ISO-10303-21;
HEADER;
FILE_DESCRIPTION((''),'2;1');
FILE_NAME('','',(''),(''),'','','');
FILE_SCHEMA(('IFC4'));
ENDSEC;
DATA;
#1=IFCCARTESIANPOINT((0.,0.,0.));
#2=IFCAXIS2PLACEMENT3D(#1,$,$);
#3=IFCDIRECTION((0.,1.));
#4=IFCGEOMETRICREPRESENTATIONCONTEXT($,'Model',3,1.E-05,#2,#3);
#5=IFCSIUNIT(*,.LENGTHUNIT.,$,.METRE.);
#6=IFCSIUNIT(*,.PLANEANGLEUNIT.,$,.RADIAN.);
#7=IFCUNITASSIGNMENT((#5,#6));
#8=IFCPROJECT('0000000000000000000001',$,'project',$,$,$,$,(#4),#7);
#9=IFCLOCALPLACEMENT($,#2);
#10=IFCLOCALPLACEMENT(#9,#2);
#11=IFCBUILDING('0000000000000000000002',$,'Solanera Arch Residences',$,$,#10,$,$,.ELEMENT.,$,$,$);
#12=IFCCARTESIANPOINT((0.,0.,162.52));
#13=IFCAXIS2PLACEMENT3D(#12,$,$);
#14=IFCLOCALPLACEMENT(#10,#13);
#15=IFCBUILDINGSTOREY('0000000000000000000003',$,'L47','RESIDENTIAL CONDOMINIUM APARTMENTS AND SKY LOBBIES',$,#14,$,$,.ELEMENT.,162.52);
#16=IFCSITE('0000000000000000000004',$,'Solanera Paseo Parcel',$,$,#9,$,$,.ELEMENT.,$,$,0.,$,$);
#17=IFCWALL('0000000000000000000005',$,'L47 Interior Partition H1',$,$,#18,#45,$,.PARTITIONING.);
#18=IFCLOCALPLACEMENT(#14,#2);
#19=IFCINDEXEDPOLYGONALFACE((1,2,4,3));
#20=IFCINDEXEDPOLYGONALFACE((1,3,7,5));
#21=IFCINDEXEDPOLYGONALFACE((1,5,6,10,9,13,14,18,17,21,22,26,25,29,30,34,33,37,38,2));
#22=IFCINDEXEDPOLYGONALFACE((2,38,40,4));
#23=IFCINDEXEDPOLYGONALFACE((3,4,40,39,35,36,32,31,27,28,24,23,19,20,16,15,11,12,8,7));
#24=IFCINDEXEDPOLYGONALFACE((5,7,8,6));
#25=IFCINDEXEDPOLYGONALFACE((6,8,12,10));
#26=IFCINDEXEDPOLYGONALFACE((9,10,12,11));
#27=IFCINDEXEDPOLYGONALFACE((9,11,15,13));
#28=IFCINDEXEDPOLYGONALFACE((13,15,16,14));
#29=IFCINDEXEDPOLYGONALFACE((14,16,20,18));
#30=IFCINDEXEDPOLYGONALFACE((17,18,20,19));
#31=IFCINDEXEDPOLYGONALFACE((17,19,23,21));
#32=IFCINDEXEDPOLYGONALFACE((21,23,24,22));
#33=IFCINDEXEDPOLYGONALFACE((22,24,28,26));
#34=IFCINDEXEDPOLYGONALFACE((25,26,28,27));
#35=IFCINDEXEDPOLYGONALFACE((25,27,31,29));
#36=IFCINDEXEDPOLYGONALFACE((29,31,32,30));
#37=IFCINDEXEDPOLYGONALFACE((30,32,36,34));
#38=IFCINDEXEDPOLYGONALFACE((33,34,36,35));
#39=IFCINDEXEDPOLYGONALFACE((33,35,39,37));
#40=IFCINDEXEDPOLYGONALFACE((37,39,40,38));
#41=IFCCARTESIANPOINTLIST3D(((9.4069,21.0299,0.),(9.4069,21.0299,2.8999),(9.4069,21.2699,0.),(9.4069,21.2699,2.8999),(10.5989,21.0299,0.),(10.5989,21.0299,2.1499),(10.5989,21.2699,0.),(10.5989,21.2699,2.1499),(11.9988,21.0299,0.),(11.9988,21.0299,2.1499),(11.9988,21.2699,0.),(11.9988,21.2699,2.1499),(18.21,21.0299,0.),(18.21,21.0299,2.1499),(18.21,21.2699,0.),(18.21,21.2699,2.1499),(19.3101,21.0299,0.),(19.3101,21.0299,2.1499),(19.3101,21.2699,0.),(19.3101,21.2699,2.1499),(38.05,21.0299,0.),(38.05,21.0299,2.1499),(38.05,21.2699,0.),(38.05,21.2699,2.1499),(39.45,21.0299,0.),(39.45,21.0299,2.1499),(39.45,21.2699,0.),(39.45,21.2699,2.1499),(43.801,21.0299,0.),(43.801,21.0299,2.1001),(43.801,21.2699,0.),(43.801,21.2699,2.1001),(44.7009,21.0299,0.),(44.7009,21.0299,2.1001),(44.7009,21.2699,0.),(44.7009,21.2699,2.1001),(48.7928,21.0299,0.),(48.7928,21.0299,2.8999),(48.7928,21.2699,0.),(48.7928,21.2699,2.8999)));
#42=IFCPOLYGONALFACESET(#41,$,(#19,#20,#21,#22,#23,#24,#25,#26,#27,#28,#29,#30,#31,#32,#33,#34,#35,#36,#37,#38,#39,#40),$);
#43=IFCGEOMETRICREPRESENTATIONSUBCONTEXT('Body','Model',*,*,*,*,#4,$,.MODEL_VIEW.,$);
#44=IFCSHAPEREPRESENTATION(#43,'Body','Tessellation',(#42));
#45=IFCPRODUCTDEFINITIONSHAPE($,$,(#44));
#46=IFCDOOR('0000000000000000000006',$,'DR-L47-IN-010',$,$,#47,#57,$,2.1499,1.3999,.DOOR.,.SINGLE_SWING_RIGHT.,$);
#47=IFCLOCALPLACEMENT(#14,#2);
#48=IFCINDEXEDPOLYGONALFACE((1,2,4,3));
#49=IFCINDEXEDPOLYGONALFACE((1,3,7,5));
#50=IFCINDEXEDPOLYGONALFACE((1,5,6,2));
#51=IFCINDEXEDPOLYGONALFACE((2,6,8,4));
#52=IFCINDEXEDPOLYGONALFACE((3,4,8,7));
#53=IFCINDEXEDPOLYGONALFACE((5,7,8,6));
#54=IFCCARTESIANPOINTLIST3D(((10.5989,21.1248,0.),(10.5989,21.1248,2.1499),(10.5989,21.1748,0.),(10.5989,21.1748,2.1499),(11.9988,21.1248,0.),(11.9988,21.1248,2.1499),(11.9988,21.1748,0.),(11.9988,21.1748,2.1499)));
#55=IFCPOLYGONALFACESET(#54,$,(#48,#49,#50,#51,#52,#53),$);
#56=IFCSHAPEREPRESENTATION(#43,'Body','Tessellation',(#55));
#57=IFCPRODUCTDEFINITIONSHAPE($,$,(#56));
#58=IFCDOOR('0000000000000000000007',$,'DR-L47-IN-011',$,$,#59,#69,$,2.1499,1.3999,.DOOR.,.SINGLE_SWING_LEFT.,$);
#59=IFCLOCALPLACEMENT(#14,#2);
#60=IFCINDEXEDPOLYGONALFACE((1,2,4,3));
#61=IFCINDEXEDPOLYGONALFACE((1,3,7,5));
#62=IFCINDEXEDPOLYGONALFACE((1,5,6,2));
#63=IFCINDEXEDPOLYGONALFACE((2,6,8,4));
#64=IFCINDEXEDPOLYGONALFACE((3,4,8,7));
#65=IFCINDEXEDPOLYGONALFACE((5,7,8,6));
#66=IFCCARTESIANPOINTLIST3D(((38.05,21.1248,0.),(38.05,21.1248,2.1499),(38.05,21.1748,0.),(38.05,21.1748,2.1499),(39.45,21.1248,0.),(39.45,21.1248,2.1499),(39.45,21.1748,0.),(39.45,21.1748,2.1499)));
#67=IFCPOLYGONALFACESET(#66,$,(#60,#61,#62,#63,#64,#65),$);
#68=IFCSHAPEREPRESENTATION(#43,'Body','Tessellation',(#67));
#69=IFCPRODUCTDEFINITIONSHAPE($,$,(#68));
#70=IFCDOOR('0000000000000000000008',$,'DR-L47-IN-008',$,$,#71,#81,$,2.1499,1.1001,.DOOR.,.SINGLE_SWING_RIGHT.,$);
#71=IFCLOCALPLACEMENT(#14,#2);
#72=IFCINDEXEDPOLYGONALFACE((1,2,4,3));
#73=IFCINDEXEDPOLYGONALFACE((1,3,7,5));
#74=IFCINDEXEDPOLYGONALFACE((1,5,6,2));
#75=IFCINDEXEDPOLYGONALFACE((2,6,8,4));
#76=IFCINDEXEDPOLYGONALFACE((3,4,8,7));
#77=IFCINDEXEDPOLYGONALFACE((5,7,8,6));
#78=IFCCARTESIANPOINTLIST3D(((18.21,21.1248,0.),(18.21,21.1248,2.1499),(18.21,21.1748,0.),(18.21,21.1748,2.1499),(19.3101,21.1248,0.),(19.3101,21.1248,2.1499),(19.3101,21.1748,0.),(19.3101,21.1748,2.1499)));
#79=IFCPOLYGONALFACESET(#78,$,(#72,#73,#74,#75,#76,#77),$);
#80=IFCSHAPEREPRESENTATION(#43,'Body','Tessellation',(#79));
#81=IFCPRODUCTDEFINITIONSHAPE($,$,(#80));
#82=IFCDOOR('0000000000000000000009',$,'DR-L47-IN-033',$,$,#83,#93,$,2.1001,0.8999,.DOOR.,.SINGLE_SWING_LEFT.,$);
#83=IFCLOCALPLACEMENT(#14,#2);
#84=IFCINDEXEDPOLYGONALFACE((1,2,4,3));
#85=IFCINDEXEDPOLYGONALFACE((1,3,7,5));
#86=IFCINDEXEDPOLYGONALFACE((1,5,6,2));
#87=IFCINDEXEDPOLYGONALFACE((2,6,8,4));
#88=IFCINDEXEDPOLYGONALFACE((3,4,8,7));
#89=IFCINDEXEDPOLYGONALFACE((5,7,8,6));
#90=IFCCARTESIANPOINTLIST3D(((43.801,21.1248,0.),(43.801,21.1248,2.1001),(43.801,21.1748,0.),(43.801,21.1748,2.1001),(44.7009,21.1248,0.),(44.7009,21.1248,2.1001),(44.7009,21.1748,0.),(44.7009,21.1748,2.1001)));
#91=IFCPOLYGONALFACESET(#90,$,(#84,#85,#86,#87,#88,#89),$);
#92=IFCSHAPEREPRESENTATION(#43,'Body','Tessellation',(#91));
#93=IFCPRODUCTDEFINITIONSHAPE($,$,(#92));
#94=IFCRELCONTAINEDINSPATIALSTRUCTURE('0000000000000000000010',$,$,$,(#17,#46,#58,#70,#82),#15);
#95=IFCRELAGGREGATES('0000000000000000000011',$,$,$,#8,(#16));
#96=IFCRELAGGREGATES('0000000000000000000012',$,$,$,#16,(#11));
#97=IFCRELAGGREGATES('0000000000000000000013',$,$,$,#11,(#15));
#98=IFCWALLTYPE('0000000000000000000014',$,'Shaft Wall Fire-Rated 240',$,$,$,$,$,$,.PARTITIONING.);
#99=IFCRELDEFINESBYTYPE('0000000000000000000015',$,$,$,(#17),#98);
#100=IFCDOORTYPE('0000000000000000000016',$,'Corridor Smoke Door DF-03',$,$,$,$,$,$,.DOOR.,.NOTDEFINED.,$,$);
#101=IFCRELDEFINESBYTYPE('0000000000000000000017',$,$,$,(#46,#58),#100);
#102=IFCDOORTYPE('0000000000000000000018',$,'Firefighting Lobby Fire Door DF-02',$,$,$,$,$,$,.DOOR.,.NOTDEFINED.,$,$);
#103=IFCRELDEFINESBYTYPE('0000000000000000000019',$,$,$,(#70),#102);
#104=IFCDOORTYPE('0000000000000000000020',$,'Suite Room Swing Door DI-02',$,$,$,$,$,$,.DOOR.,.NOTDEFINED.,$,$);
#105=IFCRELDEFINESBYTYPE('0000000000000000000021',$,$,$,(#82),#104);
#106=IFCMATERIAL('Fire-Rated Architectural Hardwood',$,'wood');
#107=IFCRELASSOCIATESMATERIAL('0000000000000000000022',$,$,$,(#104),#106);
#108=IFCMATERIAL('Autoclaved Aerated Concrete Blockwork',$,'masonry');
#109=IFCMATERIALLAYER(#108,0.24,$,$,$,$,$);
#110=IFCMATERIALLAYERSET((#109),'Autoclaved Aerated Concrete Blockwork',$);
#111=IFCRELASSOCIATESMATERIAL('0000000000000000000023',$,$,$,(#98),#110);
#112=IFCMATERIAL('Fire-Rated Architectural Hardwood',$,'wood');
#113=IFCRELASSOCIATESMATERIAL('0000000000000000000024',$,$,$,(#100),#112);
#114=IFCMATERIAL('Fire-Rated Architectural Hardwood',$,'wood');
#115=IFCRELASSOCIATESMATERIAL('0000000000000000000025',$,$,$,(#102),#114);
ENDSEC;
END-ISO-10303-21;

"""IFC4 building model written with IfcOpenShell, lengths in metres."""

from ifc_helpers import new_model, si_unit, direction, frame, frame_2d, origin, place, context, subcontext, project, spatial, rectangle, extrude, material, layer, layer_set, type_object, element, fill, save


model = new_model("IFC4")

# Units and contexts
model_context = context("Model", 3, precision=1e-05, world=origin(), true_north=direction((0.0, 1.0)))
body_context = subcontext(model_context, "Body", "Model", "MODEL_VIEW")
ifc_project = project(units=[si_unit("LENGTHUNIT", "METRE"), si_unit("PLANEANGLEUNIT", "RADIAN")], contexts=[model_context])

# Site, building, storey
site_placement = place(None, origin())
site = spatial("IfcSite", under=ifc_project, at=site_placement, Name="Solanera Paseo Parcel", CompositionType="ELEMENT", RefElevation=0.0)
building_placement = place(site_placement, origin())
building = spatial("IfcBuilding", under=site, at=building_placement, Name="Solanera Arch Residences", CompositionType="ELEMENT")
storey_placement = place(building_placement, frame((0.0, 0.0, 162.52)))
storey = spatial("IfcBuildingStorey", under=building, at=storey_placement, Name="L47", Description="RESIDENTIAL CONDOMINIUM APARTMENTS AND SKY LOBBIES", CompositionType="ELEMENT", Elevation=162.52)

# Shared definitions
ifc_material_1 = material(Name="Fire-Rated Architectural Hardwood", Category="wood")
door_type_1 = type_object("IfcDoorType", Name="Suite Room Swing Door DI-02", OperationType="NOTDEFINED", PredefinedType="DOOR", material=ifc_material_1)

# Wall, openings, doors
ifc_material_2 = material(Name="Autoclaved Aerated Concrete Blockwork", Category="masonry")
ifc_layer_1 = layer(ifc_material_2, 0.24)
ifc_layer_set_1 = layer_set([ifc_layer_1], Name="Autoclaved Aerated Concrete Blockwork")
wall_type_1 = type_object("IfcWallType", Name="Shaft Wall Fire-Rated 240", PredefinedType="PARTITIONING", material=ifc_layer_set_1)
wall_1_placement = place(storey_placement, frame((9.407, 21.1499, 0.0), z_axis=(0.0, 0.0, 1.0), x_axis=(1.0, 0.0, 0.0)))
wall_1 = element("IfcWall", 1, at=wall_1_placement, inside=storey, type_object=wall_type_1, Name="L47 Interior Partition H1", PredefinedType="PARTITIONING", context=body_context, shape_type="SweptSolid", body=[
    extrude(rectangle(XDim=39.386, YDim=0.24, at=frame_2d((19.6929, 0.0))), origin(), (0.0, 0.0, 1.0), 2.8999),
])
opening_1_placement = place(wall_1_placement, frame((8.803, 0.0, 0.0)))
opening_1 = element("IfcOpeningElement", 2, at=opening_1_placement, cuts=wall_1, PredefinedType="OPENING", context=body_context, shape_type="SweptSolid", body=[
    extrude(rectangle(XDim=1.1001, YDim=2.1499, at=frame_2d((0.55, 1.075))), frame((0.0, 0.1299, 0.0), z_axis=(0.0, -1.0, 0.0), x_axis=(1.0, 0.0, 0.0)), (0.0, 0.0, 1.0), 0.26),
])
opening_2_placement = place(wall_1_placement, frame((1.1919, 0.0, 0.0)))
opening_2 = element("IfcOpeningElement", 3, at=opening_2_placement, cuts=wall_1, PredefinedType="OPENING", context=body_context, shape_type="SweptSolid", body=[
    extrude(rectangle(XDim=1.3999, YDim=2.1499, at=frame_2d((0.7, 1.075))), frame((0.0, 0.1299, 0.0), z_axis=(0.0, -1.0, 0.0), x_axis=(1.0, 0.0, 0.0)), (0.0, 0.0, 1.0), 0.26),
])
opening_3_placement = place(wall_1_placement, frame((28.6431, 0.0, 0.0)))
opening_3 = element("IfcOpeningElement", 4, at=opening_3_placement, cuts=wall_1, PredefinedType="OPENING", context=body_context, shape_type="SweptSolid", body=[
    extrude(rectangle(XDim=1.3999, YDim=2.1499, at=frame_2d((0.7, 1.075))), frame((0.0, 0.1299, 0.0), z_axis=(0.0, -1.0, 0.0), x_axis=(1.0, 0.0, 0.0)), (0.0, 0.0, 1.0), 0.26),
])
opening_4_placement = place(wall_1_placement, frame((34.394, 0.0, 0.0)))
opening_4 = element("IfcOpeningElement", 5, at=opening_4_placement, cuts=wall_1, PredefinedType="OPENING", context=body_context, shape_type="SweptSolid", body=[
    extrude(rectangle(XDim=0.8999, YDim=2.1001, at=frame_2d((0.45, 1.05))), frame((0.0, 0.1299, 0.0), z_axis=(0.0, -1.0, 0.0), x_axis=(1.0, 0.0, 0.0)), (0.0, 0.0, 1.0), 0.26),
])
ifc_material_3 = material(Name="Fire-Rated Architectural Hardwood", Category="wood")
door_type_2 = type_object("IfcDoorType", Name="Corridor Smoke Door DF-03", OperationType="NOTDEFINED", PredefinedType="DOOR", material=ifc_material_3)
door_1_placement = place(opening_2_placement, origin())
door_1 = element("IfcDoor", 6, at=door_1_placement, inside=storey, type_object=door_type_2, Name="DR-L47-IN-010", OperationType="SINGLE_SWING_RIGHT", OverallHeight=2.1499, OverallWidth=1.3999, PredefinedType="DOOR", context=body_context, shape_type="SweptSolid", body=[
    extrude(rectangle(XDim=1.3999, YDim=2.1499, at=frame_2d((0.7, 1.075))), frame((0.0, 0.0249, 0.0), z_axis=(0.0, -1.0, 0.0), x_axis=(1.0, 0.0, 0.0)), (0.0, 0.0, 1.0), 0.05),
])
fill(opening_2, door_1)
door_2_placement = place(opening_3_placement, origin())
door_2 = element("IfcDoor", 7, at=door_2_placement, inside=storey, type_object=door_type_2, Name="DR-L47-IN-011", OperationType="SINGLE_SWING_LEFT", OverallHeight=2.1499, OverallWidth=1.3999, PredefinedType="DOOR", context=body_context, shape_type="SweptSolid", body=[
    extrude(rectangle(XDim=1.3999, YDim=2.1499, at=frame_2d((0.7, 1.075))), frame((0.0, 0.0249, 0.0), z_axis=(0.0, -1.0, 0.0), x_axis=(1.0, 0.0, 0.0)), (0.0, 0.0, 1.0), 0.05),
])
fill(opening_3, door_2)
ifc_material_4 = material(Name="Fire-Rated Architectural Hardwood", Category="wood")
door_type_3 = type_object("IfcDoorType", Name="Firefighting Lobby Fire Door DF-02", OperationType="NOTDEFINED", PredefinedType="DOOR", material=ifc_material_4)
door_3_placement = place(opening_1_placement, origin())
door_3 = element("IfcDoor", 8, at=door_3_placement, inside=storey, type_object=door_type_3, Name="DR-L47-IN-008", OperationType="SINGLE_SWING_RIGHT", OverallHeight=2.1499, OverallWidth=1.1001, PredefinedType="DOOR", context=body_context, shape_type="SweptSolid", body=[
    extrude(rectangle(XDim=1.1001, YDim=2.1499, at=frame_2d((0.55, 1.075))), frame((0.0, 0.0249, 0.0), z_axis=(0.0, -1.0, 0.0), x_axis=(1.0, 0.0, 0.0)), (0.0, 0.0, 1.0), 0.05),
])
fill(opening_1, door_3)
door_4_placement = place(opening_4_placement, origin())
door_4 = element("IfcDoor", 9, at=door_4_placement, inside=storey, type_object=door_type_1, Name="DR-L47-IN-033", OperationType="SINGLE_SWING_LEFT", OverallHeight=2.1001, OverallWidth=0.8999, PredefinedType="DOOR", context=body_context, shape_type="SweptSolid", body=[
    extrude(rectangle(XDim=0.8999, YDim=2.1001, at=frame_2d((0.45, 1.05))), frame((0.0, 0.0249, 0.0), z_axis=(0.0, -1.0, 0.0), x_axis=(1.0, 0.0, 0.0)), (0.0, 0.0, 1.0), 0.05),
])
fill(opening_4, door_4)

save(model, "model.ifc")
